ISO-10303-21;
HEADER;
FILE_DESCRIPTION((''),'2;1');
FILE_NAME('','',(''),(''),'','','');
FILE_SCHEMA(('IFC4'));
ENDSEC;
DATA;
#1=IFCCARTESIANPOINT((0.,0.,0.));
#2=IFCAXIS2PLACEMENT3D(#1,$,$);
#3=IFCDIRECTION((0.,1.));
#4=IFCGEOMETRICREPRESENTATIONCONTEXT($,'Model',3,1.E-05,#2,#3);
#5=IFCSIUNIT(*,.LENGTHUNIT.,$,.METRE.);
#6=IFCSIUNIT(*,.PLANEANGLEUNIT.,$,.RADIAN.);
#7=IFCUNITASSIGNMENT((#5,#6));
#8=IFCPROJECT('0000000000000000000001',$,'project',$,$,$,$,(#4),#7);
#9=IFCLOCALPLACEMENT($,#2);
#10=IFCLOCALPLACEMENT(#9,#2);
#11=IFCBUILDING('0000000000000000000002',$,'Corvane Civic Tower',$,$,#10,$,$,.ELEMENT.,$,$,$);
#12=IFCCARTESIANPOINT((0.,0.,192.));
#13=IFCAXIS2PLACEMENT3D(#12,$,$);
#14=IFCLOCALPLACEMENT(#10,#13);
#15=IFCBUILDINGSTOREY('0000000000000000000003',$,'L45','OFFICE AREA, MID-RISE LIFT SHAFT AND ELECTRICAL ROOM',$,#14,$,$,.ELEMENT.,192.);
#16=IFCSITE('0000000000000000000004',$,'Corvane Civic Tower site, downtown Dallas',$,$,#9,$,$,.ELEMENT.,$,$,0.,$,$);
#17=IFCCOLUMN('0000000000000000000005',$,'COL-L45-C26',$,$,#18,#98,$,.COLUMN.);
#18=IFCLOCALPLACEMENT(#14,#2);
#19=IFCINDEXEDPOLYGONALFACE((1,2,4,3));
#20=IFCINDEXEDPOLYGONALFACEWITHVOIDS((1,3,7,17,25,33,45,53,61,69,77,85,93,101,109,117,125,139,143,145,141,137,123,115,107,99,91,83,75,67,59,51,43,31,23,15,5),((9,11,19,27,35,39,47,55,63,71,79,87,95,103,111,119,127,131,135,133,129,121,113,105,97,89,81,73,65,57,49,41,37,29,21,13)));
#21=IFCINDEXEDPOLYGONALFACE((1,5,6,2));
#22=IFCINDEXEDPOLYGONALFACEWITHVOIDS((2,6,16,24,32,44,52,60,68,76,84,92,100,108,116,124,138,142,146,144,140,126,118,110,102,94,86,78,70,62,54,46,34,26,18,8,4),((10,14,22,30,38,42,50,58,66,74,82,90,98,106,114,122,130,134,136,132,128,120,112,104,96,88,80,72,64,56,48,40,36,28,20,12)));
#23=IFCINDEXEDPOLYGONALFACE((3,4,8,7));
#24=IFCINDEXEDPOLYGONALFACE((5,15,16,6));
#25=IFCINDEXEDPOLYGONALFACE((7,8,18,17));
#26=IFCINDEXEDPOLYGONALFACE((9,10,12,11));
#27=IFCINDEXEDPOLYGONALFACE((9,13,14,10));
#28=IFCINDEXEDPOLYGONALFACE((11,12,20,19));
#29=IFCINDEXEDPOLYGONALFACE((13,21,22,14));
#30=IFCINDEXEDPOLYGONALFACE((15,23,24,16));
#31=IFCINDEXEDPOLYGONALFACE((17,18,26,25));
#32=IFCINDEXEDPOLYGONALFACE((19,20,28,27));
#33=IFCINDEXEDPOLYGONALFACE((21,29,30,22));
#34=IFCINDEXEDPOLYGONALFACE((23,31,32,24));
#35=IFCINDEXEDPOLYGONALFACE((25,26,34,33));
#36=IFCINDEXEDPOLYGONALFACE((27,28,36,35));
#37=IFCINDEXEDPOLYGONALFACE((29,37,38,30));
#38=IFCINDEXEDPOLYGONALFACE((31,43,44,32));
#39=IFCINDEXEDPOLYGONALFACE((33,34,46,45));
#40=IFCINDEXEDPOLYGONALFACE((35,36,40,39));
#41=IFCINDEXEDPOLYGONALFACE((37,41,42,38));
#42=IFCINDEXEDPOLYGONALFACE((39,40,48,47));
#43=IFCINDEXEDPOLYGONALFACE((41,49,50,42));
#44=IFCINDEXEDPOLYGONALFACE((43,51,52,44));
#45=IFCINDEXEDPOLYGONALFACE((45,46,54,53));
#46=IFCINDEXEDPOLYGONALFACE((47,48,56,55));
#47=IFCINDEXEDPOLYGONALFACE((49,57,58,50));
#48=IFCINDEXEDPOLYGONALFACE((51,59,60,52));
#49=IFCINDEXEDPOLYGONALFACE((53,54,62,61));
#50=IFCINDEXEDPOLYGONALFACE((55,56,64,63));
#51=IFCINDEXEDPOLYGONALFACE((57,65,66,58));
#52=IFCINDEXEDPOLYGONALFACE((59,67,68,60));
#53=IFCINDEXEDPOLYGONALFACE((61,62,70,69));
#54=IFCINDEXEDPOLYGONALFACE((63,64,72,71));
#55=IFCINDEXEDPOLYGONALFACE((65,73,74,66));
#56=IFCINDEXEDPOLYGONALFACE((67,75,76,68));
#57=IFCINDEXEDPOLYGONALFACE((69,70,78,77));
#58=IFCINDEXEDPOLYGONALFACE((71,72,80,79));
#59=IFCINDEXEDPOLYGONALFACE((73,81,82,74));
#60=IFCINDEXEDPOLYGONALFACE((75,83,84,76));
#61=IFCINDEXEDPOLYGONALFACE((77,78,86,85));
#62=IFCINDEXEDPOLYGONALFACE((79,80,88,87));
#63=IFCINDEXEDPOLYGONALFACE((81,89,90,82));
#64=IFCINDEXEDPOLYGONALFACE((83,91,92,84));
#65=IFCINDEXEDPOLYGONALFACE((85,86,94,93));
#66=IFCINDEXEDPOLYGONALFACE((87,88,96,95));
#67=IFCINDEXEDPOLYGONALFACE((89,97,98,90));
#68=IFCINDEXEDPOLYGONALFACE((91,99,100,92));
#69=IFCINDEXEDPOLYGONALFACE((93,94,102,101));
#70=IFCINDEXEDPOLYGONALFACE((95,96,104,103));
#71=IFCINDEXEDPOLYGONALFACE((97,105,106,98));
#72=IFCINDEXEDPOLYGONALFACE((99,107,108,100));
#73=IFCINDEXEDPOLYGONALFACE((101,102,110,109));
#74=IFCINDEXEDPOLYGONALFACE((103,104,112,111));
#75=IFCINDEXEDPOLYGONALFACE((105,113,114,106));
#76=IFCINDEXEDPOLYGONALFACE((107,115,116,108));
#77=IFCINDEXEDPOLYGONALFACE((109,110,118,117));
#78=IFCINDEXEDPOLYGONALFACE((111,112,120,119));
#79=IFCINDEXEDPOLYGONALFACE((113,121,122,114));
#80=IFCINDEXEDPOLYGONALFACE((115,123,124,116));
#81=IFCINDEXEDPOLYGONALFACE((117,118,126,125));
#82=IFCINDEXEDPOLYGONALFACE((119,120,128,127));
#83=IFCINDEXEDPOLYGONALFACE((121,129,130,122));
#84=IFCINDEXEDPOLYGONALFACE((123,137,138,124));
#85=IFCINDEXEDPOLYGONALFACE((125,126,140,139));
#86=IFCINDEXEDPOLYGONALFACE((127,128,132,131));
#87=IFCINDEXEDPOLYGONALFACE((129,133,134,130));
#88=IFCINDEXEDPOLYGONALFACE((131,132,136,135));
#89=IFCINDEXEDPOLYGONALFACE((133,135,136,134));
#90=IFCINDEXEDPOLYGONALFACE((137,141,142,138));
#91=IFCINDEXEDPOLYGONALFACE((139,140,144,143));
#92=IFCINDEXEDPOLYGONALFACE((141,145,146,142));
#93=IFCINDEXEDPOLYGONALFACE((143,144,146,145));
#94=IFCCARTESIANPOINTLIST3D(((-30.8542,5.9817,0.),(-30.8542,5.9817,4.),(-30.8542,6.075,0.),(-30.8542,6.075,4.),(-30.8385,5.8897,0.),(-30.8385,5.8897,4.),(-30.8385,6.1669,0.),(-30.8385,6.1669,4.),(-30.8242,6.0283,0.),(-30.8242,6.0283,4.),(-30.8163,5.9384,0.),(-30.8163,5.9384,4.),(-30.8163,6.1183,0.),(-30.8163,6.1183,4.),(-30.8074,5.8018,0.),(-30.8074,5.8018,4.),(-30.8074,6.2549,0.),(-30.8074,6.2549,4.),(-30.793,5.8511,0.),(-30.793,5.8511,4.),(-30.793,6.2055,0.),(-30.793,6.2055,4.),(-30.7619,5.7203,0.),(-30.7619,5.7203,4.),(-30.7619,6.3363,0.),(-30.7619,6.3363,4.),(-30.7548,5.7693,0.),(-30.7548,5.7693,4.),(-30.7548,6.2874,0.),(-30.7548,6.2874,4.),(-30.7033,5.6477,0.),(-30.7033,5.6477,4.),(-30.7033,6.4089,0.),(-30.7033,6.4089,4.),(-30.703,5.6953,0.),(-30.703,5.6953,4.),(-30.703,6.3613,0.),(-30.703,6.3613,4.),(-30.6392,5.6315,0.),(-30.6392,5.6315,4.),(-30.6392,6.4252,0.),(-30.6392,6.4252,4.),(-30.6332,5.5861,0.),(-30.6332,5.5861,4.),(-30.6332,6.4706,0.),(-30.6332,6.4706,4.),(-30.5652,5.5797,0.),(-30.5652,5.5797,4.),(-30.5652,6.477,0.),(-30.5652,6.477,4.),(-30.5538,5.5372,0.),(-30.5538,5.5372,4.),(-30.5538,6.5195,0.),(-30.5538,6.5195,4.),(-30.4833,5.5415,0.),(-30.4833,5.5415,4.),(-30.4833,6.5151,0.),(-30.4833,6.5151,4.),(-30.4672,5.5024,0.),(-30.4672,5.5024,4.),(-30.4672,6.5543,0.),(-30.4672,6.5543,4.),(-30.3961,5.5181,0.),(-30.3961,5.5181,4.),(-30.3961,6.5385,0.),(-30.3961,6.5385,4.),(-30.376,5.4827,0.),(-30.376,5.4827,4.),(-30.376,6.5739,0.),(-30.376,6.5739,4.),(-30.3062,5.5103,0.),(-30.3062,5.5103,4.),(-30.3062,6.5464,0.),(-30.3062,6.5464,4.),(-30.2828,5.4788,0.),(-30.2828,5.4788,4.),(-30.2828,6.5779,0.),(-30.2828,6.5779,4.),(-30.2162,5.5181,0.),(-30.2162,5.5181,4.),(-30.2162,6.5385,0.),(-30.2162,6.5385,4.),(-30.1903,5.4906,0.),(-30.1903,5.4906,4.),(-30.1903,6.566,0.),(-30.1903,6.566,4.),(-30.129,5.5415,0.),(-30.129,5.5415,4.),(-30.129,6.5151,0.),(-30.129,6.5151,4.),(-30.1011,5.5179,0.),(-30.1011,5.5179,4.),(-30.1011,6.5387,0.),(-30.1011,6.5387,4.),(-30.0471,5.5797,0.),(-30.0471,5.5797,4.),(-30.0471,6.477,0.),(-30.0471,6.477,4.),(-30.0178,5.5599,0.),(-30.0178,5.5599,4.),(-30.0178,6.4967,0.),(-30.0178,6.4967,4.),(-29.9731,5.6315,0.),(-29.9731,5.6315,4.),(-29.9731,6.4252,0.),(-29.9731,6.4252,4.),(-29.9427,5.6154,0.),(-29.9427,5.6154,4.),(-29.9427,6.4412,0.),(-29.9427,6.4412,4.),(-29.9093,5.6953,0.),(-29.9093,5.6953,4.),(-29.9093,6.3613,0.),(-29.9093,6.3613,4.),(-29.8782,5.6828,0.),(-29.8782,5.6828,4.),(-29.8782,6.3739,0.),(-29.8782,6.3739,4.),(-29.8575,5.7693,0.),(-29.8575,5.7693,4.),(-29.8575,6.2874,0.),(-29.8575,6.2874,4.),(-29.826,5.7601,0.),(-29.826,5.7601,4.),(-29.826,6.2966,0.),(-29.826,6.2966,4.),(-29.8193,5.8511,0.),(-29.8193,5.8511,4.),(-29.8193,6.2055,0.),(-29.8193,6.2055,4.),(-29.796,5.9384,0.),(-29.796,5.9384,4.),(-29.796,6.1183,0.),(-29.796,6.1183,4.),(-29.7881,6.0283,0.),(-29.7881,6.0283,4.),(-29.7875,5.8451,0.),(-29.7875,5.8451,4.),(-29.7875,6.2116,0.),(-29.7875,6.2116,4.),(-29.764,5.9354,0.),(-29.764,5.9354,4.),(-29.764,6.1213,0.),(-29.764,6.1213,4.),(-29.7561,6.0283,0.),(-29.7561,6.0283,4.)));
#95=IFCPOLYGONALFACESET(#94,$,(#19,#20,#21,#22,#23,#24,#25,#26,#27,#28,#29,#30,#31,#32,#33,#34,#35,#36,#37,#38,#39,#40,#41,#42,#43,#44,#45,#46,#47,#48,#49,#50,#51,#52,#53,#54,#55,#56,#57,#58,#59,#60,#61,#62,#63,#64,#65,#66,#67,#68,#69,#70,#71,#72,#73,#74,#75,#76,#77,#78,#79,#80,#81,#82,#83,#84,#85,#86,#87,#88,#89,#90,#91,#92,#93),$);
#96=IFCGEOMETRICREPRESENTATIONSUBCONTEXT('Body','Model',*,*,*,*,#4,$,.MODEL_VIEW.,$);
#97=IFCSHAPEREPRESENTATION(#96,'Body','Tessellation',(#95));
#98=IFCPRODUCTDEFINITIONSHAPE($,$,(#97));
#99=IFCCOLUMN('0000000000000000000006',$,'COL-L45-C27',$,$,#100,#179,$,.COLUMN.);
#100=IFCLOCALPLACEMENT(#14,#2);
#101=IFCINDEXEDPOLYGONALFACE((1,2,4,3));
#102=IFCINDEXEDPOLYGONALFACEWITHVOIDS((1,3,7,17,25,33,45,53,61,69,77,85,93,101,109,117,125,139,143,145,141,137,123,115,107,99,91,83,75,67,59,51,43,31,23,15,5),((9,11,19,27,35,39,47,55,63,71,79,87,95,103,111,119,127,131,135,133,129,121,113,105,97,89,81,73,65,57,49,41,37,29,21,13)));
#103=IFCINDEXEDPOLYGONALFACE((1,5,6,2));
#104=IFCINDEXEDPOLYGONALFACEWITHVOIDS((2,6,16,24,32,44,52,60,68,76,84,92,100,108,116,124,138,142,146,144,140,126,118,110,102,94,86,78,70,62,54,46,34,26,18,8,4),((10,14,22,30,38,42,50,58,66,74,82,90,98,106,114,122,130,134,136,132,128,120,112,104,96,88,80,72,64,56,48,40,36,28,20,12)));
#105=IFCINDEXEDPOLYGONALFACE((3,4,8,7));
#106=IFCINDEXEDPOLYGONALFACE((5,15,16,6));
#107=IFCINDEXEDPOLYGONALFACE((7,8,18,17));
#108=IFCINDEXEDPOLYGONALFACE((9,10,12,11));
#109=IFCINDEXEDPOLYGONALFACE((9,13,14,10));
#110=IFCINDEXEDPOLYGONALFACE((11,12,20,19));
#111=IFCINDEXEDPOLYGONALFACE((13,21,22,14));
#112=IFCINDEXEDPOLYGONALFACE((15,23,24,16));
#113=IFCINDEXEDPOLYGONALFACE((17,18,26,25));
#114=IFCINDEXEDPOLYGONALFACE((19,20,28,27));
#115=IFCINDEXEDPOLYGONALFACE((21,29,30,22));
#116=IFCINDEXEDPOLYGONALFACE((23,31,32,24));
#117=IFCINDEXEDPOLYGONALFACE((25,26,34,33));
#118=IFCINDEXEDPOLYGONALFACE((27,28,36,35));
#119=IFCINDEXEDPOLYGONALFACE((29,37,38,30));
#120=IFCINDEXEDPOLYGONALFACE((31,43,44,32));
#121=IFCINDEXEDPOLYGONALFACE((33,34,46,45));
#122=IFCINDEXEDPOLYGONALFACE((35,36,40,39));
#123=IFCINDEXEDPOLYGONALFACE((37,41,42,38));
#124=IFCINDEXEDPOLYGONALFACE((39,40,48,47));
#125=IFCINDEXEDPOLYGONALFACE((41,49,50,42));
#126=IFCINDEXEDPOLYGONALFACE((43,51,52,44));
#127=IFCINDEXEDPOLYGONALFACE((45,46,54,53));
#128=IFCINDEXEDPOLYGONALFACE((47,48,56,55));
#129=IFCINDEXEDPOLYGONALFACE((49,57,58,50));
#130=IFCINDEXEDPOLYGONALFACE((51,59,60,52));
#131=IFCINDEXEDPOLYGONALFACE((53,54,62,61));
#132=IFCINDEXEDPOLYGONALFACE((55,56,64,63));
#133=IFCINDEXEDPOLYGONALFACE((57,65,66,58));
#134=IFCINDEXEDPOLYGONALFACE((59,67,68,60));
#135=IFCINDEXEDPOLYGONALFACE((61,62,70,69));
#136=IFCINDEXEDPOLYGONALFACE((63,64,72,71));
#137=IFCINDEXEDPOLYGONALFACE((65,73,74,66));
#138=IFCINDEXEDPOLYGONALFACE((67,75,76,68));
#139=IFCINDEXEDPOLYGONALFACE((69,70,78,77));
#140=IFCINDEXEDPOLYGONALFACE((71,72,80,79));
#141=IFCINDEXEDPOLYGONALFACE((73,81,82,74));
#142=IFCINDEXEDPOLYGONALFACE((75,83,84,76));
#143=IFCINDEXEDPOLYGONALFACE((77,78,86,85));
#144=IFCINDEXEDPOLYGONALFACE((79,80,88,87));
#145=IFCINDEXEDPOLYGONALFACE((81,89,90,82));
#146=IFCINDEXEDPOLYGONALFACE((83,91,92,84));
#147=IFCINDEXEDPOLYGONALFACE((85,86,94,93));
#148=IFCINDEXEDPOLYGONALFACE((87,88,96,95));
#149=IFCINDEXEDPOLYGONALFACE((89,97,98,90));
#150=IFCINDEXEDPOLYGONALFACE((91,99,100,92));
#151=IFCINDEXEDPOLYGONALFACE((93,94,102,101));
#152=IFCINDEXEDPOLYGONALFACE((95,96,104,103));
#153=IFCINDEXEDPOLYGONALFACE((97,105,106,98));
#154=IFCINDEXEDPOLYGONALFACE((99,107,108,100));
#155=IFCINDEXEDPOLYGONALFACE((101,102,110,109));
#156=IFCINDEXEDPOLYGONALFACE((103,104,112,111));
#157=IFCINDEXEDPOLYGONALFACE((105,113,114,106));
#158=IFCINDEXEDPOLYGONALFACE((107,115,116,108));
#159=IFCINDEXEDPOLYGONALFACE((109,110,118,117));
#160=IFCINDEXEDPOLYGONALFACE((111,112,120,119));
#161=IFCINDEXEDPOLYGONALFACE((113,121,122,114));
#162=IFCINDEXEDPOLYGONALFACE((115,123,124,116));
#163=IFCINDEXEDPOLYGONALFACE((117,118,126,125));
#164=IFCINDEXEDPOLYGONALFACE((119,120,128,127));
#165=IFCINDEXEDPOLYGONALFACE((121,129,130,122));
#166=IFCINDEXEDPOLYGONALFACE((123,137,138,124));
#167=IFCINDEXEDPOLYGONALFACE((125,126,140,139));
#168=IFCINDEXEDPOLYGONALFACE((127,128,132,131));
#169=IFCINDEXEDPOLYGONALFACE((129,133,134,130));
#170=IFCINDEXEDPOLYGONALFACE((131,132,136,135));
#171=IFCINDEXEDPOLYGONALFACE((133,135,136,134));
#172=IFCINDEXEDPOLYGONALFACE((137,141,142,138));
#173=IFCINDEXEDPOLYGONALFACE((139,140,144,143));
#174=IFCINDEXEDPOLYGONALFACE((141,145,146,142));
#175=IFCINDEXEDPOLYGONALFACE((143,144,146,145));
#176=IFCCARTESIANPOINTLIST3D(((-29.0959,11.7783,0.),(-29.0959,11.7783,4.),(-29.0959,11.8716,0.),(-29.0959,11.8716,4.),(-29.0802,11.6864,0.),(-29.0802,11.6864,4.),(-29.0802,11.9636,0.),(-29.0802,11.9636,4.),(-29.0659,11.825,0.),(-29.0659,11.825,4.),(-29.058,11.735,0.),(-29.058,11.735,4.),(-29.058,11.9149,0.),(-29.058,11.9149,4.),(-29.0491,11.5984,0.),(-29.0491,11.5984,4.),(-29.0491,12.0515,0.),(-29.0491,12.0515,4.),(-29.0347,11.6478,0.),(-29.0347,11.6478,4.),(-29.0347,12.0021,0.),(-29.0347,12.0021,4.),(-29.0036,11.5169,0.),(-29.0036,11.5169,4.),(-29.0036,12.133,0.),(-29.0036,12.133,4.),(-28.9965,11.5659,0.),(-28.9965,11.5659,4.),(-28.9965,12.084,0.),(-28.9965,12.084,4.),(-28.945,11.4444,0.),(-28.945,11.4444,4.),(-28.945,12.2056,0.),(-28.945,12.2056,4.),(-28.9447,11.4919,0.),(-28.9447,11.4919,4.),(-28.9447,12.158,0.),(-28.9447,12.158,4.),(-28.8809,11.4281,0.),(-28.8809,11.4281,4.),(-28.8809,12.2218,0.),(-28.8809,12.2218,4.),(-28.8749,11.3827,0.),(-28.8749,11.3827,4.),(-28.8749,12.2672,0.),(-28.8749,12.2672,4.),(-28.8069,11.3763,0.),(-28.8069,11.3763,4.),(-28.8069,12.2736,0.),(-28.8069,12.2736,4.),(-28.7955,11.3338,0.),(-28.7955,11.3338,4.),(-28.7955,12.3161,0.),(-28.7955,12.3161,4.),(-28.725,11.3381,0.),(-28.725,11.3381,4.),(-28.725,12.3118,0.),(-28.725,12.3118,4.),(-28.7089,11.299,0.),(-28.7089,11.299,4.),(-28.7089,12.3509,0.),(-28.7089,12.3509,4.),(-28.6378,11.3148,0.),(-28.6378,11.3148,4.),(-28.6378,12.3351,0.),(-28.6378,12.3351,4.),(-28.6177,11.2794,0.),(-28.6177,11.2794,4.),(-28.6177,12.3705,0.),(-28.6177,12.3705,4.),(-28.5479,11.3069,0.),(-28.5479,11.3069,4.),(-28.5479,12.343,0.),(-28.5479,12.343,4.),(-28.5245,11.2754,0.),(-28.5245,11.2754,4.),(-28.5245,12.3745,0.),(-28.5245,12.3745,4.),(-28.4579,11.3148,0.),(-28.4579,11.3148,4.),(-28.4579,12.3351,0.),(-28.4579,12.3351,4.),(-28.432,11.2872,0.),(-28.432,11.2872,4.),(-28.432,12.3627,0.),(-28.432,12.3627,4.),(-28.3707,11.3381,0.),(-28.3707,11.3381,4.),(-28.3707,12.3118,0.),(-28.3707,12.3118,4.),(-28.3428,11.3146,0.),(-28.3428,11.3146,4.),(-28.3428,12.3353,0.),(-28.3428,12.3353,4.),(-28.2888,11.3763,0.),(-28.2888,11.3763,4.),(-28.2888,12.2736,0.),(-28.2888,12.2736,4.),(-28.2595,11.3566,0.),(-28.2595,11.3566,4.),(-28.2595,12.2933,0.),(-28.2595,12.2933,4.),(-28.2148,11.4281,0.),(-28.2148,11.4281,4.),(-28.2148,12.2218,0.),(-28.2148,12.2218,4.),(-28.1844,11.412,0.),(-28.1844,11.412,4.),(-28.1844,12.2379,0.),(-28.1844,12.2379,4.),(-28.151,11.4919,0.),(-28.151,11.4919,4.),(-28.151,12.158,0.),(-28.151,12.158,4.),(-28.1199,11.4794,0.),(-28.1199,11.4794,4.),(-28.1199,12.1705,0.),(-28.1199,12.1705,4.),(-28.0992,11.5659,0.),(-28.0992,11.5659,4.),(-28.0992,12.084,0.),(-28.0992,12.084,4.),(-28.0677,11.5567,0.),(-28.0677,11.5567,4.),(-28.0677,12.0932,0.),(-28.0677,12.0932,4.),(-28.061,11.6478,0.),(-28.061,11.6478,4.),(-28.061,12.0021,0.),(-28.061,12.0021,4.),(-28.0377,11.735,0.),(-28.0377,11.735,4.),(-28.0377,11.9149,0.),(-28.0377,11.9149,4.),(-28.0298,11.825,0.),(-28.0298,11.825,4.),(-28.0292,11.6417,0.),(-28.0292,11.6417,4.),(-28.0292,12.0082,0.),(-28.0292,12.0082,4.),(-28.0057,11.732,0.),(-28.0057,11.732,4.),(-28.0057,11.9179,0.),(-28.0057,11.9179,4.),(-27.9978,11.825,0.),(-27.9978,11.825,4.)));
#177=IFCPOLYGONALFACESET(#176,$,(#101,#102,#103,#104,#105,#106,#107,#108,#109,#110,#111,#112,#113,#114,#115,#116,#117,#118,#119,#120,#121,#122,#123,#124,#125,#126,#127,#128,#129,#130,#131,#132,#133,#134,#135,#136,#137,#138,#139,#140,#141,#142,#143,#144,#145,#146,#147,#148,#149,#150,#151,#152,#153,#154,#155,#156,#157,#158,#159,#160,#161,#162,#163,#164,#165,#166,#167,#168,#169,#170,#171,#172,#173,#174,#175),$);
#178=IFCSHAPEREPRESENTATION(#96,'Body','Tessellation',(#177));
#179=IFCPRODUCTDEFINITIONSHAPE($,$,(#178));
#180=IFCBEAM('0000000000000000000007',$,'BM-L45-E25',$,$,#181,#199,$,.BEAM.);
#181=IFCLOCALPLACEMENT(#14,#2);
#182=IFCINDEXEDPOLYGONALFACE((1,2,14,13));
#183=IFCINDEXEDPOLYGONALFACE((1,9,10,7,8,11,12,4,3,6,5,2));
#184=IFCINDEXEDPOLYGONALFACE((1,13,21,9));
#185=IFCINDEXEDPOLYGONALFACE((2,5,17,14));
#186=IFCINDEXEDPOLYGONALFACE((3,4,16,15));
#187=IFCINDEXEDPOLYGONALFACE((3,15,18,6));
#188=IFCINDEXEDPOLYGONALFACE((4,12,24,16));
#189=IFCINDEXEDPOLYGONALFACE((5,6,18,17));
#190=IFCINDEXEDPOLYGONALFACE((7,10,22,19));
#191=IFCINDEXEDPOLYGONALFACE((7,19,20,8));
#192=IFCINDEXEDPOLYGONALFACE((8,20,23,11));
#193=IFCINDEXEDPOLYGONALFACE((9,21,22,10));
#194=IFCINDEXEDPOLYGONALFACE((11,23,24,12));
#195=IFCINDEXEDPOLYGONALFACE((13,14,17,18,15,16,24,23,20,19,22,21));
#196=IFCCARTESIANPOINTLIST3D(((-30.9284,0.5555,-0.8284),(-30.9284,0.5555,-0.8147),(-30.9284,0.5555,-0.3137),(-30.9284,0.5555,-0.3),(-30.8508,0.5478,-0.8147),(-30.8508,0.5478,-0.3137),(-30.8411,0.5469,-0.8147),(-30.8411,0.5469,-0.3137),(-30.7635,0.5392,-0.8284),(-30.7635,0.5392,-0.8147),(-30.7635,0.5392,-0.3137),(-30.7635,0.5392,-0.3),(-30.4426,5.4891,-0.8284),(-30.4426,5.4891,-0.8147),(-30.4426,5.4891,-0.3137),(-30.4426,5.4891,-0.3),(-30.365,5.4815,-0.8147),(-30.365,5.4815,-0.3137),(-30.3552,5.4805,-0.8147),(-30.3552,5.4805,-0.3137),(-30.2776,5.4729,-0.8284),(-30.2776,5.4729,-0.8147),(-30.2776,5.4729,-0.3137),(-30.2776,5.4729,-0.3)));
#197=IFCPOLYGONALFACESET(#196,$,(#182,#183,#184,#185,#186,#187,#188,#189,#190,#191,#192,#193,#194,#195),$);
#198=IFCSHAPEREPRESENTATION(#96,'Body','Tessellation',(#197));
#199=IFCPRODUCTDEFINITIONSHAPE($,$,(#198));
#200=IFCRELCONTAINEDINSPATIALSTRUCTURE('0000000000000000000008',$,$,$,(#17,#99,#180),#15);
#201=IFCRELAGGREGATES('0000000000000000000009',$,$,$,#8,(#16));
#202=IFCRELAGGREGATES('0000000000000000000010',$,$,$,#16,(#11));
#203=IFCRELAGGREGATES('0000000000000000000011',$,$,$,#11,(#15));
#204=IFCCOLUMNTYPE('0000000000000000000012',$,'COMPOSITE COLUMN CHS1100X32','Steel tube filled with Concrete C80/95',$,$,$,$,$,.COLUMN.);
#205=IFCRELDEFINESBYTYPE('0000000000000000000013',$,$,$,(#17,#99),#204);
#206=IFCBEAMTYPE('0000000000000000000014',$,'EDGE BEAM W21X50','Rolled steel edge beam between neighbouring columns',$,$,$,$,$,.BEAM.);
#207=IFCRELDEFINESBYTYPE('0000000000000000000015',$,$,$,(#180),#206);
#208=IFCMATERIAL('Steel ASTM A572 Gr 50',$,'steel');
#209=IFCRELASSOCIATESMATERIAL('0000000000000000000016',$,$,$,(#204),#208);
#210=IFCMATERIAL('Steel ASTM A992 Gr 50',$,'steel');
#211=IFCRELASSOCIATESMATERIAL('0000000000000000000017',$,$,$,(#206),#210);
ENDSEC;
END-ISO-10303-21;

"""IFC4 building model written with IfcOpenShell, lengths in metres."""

from ifc_helpers import new_model, si_unit, direction, frame, origin, origin_2d, place, context, subcontext, project, spatial, hollow_circle, i_section, extrude, material, material_profile, profile_set, type_object, element, save


model = new_model("IFC4")

# Units and contexts
model_context = context("Model", 3, precision=1e-05, world=origin(), true_north=direction((0.0, 1.0)))
body_context = subcontext(model_context, "Body", "Model", "MODEL_VIEW")
ifc_project = project(units=[si_unit("LENGTHUNIT", "METRE"), si_unit("PLANEANGLEUNIT", "RADIAN")], contexts=[model_context])

# Site, building, storey
site_placement = place(None, origin())
site = spatial("IfcSite", under=ifc_project, at=site_placement, Name="Corvane Civic Tower site, downtown Dallas", CompositionType="ELEMENT", RefElevation=0.0)
building_placement = place(site_placement, origin())
building = spatial("IfcBuilding", under=site, at=building_placement, Name="Corvane Civic Tower", CompositionType="ELEMENT")
storey_placement = place(building_placement, frame((0.0, 0.0, 192.0)))
storey = spatial("IfcBuildingStorey", under=building, at=storey_placement, Name="L45", Description="OFFICE AREA, MID-RISE LIFT SHAFT AND ELECTRICAL ROOM", CompositionType="ELEMENT", Elevation=192.0)

# Columns
ifc_material_1 = material(Name="Steel ASTM A572 Gr 50", Category="steel")
ifc_material_profile_1 = material_profile(ifc_material_1, hollow_circle(Radius=0.55, WallThickness=0.032, at=origin_2d()), Name="CHS1100X32")
ifc_profile_set_1 = profile_set([ifc_material_profile_1], Name="Steel ASTM A572 Gr 50")
column_type = type_object("IfcColumnType", Name="COMPOSITE COLUMN CHS1100X32", Description="Steel tube filled with Concrete C80/95", PredefinedType="COLUMN", material=ifc_profile_set_1)
for number, where, z_axis, x_axis, name in (
    (1, (-30.3062, 6.0283, 0.0), (0.0, 0.0, 1.0), (1.0, 0.0, 0.0), "COL-L45-C26"),
    (2, (-28.5479, 11.825, 0.0), (0.0, 0.0, 1.0), (1.0, 0.0, 0.0), "COL-L45-C27"),
):
    element("IfcColumn", number, at=place(storey_placement, frame(where, z_axis=z_axis, x_axis=x_axis)), inside=storey, type_object=column_type, Name=name, PredefinedType="COLUMN", context=body_context, shape_type="SweptSolid", body=[
        extrude(hollow_circle(Radius=0.55, WallThickness=0.032, at=origin_2d()), origin(), (0.0, 0.0, 1.0), 4.0),
    ])

# Beam
ifc_material_2 = material(Name="Steel ASTM A992 Gr 50", Category="steel")
ifc_material_profile_2 = material_profile(ifc_material_2, i_section(OverallWidth=0.1658, OverallDepth=0.5283, WebThickness=0.0098, FlangeThickness=0.0137, at=origin_2d()), Name="W21X50")
ifc_profile_set_2 = profile_set([ifc_material_profile_2], Name="Steel ASTM A992 Gr 50")
beam_type_1 = type_object("IfcBeamType", Name="EDGE BEAM W21X50", Description="Rolled steel edge beam between neighbouring columns", PredefinedType="BEAM", material=ifc_profile_set_2)
beam_1_placement = place(storey_placement, frame((-30.8459, 0.5474, -0.5642), z_axis=(0.098002, 0.995186, 0.0), x_axis=(-0.995186, 0.098002, 0.0)))
element("IfcBeam", 3, at=beam_1_placement, inside=storey, type_object=beam_type_1, Name="BM-L45-E25", PredefinedType="BEAM", context=body_context, shape_type="SweptSolid", body=[
    extrude(i_section(OverallWidth=0.1658, OverallDepth=0.5283, WebThickness=0.0098, FlangeThickness=0.0137, at=origin_2d()), origin(), (0.0, 0.0, 1.0), 4.9575),
])

save(model, "model.ifc")
